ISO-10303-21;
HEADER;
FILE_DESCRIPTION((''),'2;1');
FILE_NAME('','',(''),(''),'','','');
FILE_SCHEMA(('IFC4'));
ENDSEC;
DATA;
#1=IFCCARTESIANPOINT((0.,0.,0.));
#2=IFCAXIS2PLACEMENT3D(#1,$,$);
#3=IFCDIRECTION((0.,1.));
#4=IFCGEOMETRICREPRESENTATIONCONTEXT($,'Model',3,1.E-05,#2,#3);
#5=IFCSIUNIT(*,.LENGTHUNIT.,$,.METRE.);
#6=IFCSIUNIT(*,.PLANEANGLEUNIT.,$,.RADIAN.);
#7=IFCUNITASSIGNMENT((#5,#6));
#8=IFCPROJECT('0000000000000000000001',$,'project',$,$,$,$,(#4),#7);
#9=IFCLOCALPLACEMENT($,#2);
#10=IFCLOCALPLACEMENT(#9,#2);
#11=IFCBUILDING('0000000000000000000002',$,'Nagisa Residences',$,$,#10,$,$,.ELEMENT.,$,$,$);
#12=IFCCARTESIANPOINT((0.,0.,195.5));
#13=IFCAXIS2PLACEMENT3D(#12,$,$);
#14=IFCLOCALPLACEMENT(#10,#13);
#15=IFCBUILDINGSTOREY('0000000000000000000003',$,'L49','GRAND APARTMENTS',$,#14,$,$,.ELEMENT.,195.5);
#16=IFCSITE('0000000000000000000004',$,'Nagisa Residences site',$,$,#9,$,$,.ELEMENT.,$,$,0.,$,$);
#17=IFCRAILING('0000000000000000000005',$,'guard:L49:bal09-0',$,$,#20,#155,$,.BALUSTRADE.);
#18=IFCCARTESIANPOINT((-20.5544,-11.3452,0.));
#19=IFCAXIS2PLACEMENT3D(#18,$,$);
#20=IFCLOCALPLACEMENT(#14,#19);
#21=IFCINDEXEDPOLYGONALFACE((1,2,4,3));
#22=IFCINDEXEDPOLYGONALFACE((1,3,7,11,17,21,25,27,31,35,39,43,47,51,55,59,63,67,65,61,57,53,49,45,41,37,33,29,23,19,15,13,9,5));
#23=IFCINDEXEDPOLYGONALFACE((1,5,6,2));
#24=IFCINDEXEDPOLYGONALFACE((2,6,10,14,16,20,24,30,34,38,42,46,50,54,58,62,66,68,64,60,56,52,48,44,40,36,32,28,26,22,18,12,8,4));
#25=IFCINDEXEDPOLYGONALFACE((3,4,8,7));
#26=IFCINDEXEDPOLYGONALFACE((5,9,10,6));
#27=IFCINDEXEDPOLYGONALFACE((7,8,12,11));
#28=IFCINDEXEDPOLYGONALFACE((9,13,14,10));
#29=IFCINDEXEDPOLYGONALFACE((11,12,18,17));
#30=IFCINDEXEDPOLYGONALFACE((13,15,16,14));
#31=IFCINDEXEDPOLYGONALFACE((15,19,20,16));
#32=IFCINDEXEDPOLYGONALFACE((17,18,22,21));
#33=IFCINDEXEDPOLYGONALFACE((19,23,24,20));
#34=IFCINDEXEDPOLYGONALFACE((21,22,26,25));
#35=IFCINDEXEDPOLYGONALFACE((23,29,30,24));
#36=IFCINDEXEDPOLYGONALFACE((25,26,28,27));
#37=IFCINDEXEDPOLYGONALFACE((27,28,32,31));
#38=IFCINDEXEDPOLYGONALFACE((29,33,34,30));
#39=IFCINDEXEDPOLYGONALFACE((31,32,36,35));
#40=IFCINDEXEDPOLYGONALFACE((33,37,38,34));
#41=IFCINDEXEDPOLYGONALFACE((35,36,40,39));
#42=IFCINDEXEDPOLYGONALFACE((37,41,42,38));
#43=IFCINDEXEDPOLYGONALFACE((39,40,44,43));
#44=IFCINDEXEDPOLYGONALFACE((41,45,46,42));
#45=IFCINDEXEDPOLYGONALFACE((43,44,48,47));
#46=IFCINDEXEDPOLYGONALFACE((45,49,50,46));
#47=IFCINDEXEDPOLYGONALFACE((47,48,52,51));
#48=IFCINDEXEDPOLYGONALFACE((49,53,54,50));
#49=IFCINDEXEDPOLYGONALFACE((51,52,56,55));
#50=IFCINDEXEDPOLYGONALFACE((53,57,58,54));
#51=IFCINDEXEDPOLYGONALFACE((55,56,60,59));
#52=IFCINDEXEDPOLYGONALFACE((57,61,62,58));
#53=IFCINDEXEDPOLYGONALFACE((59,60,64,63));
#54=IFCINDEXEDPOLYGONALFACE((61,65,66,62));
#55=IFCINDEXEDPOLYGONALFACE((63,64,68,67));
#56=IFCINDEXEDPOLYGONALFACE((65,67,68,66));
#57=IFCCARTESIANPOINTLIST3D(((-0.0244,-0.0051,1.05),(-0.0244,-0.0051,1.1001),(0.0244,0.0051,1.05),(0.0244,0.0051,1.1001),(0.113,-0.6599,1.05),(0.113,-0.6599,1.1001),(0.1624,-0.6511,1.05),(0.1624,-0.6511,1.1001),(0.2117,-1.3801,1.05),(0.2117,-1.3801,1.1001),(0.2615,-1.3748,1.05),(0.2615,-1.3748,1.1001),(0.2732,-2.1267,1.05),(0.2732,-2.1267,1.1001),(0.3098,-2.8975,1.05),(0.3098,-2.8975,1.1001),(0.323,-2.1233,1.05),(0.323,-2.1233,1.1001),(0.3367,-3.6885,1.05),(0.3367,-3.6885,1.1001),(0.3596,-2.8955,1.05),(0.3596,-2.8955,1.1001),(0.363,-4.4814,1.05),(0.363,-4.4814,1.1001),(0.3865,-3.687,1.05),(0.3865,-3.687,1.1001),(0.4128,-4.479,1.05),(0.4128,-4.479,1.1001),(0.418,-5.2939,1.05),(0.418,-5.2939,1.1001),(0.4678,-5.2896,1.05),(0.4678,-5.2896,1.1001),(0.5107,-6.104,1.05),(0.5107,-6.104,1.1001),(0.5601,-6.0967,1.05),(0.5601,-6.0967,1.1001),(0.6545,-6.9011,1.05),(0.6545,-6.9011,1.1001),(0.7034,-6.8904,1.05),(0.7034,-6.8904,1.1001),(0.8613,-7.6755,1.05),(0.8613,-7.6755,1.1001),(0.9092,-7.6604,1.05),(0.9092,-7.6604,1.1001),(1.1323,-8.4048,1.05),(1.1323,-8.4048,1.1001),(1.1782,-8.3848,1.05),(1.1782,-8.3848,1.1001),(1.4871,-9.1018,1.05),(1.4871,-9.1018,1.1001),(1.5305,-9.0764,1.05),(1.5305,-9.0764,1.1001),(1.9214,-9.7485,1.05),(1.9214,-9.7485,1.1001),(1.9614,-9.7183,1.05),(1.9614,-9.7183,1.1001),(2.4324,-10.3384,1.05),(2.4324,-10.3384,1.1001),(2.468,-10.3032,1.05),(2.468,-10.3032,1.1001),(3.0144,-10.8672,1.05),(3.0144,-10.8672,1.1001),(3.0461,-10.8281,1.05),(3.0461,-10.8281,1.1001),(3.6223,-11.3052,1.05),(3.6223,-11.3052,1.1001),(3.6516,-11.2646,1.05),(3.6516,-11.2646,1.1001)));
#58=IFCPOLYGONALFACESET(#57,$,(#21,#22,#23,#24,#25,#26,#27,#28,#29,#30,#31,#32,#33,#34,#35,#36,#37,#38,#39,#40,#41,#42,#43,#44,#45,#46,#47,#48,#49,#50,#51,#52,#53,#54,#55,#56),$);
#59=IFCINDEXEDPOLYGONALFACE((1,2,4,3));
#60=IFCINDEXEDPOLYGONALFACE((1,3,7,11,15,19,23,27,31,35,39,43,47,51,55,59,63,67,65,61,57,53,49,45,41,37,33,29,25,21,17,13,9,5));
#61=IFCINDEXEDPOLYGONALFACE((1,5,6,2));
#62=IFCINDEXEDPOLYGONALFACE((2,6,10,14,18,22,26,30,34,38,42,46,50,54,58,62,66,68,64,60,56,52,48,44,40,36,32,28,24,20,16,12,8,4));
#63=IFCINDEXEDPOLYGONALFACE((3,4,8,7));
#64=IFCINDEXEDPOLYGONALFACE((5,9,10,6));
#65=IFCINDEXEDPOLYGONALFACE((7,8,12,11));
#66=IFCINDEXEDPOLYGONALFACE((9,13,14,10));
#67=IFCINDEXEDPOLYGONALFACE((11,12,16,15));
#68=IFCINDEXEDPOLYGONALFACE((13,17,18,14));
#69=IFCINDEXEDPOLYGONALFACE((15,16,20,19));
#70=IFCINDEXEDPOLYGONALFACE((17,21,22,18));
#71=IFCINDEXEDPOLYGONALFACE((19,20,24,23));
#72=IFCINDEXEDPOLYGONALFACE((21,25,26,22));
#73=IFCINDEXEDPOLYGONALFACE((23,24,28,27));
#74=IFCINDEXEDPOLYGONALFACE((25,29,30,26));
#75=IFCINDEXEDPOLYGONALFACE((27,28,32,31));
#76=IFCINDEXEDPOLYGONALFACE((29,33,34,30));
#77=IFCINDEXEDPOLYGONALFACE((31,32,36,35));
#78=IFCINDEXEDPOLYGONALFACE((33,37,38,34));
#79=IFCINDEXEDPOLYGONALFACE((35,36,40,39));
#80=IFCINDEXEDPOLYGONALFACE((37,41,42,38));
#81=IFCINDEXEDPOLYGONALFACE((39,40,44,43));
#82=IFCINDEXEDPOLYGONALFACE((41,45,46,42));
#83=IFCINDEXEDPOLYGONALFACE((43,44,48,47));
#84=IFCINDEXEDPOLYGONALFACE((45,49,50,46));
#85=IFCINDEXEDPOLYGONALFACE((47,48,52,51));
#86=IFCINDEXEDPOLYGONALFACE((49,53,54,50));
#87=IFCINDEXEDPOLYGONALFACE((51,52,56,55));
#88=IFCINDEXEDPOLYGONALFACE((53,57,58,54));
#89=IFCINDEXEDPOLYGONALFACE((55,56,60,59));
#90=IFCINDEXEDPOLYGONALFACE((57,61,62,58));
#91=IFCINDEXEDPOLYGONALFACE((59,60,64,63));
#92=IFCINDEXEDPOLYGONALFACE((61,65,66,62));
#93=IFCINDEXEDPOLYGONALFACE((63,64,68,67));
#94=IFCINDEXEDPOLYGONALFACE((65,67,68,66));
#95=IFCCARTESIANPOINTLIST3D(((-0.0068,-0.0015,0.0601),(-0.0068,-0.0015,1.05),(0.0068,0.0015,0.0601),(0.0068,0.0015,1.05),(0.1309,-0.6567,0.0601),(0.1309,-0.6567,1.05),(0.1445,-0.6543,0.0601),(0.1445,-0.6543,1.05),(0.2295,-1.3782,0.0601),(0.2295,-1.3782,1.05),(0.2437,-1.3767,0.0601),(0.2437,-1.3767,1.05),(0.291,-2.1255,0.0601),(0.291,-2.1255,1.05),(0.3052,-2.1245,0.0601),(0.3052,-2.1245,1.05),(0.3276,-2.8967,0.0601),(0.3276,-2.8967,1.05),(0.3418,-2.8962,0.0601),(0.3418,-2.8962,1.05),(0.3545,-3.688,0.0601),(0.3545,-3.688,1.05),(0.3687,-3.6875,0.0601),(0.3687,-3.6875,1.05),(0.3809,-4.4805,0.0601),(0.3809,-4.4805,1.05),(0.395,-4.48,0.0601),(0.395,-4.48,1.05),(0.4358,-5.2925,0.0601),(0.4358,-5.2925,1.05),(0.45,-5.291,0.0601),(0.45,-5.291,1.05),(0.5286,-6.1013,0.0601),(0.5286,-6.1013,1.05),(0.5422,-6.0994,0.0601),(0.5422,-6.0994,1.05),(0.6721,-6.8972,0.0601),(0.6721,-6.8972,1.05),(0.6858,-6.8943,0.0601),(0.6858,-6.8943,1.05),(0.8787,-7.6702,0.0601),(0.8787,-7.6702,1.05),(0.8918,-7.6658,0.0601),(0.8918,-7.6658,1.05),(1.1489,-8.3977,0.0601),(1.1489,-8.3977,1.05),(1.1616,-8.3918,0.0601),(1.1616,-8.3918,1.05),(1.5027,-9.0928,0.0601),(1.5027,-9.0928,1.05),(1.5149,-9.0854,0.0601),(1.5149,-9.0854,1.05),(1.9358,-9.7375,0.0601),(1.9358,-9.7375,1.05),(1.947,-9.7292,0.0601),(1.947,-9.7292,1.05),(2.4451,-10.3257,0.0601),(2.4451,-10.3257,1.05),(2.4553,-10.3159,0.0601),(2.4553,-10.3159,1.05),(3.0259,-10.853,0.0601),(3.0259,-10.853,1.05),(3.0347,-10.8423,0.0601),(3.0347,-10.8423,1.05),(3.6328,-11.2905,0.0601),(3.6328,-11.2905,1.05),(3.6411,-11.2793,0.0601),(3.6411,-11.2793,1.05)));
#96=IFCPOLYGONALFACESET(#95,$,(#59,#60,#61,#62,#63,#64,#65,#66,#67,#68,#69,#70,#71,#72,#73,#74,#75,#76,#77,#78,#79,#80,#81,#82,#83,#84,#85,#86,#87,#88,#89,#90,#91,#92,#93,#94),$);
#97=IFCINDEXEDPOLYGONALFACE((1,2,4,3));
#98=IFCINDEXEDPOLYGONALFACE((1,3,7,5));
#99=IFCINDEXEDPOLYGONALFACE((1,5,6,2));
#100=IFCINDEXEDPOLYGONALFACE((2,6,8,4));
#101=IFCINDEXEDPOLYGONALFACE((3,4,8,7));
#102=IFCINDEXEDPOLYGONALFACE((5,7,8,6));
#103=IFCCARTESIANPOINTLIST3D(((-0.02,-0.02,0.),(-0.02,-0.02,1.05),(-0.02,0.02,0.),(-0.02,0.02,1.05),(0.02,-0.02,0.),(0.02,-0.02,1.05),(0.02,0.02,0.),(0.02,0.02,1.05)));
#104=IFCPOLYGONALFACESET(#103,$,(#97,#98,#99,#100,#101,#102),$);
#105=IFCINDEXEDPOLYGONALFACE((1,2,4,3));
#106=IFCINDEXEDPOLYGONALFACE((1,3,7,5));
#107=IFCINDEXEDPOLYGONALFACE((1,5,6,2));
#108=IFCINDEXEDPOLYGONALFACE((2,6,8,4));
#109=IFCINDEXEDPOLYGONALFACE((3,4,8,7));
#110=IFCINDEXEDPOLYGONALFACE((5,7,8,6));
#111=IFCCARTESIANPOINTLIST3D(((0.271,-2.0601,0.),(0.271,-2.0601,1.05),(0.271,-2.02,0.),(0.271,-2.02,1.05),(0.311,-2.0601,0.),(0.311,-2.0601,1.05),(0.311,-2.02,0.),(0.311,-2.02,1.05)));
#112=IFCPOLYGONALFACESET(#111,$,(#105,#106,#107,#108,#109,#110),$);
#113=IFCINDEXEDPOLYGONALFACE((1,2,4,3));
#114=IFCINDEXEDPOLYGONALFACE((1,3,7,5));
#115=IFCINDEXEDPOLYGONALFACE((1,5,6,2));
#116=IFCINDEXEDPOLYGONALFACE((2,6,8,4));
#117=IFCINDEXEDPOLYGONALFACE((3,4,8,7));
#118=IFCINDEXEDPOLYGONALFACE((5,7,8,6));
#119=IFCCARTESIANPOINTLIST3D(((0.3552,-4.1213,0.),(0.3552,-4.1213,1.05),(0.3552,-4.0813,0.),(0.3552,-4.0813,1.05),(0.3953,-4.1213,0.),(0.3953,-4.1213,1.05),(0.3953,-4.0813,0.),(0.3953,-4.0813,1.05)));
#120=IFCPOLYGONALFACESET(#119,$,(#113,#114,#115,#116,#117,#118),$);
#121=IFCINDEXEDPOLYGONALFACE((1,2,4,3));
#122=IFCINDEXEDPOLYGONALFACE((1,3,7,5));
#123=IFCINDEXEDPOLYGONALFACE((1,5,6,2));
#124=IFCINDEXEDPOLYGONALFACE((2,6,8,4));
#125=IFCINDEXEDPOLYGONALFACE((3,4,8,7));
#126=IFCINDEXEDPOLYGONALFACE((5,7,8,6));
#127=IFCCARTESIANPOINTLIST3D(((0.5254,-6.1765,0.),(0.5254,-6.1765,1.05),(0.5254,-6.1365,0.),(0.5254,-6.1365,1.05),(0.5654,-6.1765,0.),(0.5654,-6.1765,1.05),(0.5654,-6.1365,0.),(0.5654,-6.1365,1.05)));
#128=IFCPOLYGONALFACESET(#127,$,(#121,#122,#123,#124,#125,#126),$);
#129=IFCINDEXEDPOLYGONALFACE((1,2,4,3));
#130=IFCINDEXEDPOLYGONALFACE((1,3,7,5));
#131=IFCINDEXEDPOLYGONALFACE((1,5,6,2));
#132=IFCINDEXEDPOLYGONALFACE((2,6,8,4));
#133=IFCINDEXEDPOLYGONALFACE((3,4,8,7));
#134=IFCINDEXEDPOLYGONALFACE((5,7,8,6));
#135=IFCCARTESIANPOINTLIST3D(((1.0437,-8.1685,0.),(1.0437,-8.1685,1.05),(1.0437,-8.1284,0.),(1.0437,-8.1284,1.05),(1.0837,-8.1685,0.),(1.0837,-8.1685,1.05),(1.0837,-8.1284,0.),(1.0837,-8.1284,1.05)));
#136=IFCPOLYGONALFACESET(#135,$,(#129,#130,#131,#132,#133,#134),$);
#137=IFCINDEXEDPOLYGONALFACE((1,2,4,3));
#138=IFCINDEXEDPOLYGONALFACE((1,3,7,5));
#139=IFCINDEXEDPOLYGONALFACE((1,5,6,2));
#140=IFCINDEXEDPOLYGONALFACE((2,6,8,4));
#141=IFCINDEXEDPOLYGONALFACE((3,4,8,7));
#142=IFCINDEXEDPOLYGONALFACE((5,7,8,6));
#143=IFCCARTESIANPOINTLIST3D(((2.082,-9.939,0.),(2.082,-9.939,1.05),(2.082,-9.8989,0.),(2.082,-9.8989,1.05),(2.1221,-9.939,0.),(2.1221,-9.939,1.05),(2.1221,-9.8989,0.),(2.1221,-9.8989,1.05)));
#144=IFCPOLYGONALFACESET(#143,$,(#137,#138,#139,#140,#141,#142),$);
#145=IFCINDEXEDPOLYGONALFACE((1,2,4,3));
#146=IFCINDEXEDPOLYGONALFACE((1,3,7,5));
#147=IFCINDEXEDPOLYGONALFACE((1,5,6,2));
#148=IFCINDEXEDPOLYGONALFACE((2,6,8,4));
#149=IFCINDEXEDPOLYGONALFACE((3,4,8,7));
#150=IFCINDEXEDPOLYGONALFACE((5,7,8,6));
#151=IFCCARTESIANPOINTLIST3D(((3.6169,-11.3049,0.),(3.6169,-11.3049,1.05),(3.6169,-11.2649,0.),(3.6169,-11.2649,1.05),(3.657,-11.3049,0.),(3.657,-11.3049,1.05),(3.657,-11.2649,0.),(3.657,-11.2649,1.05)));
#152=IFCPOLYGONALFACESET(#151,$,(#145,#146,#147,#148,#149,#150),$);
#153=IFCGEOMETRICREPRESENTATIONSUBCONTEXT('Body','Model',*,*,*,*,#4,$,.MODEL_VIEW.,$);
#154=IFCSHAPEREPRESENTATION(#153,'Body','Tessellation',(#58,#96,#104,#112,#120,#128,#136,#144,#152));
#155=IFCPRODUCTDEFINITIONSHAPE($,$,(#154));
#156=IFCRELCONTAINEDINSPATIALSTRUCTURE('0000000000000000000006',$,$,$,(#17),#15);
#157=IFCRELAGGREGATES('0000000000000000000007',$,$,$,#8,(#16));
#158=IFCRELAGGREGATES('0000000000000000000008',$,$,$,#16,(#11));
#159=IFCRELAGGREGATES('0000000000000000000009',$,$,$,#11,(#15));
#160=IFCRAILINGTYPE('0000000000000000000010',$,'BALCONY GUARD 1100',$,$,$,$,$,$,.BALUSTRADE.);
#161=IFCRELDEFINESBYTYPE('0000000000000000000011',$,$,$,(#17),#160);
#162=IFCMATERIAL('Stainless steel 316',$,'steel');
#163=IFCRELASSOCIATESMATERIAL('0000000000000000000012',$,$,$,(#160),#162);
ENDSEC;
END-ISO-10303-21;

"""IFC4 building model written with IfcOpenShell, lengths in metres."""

from ifc_helpers import new_model, si_unit, direction, frame, origin, origin_2d, place, context, subcontext, project, spatial, polyline, rectangle, outline, extrude, material, type_object, element, save


model = new_model("IFC4")

# Units and contexts
model_context = context("Model", 3, precision=1e-05, world=origin(), true_north=direction((0.0, 1.0)))
body_context = subcontext(model_context, "Body", "Model", "MODEL_VIEW")
ifc_project = project(units=[si_unit("LENGTHUNIT", "METRE"), si_unit("PLANEANGLEUNIT", "RADIAN")], contexts=[model_context])

# Site, building, storey
site_placement = place(None, origin())
site = spatial("IfcSite", under=ifc_project, at=site_placement, Name="Nagisa Residences site", CompositionType="ELEMENT", RefElevation=0.0)
building_placement = place(site_placement, origin())
building = spatial("IfcBuilding", under=site, at=building_placement, Name="Nagisa Residences", CompositionType="ELEMENT")
storey_placement = place(building_placement, frame((0.0, 0.0, 195.5)))
storey = spatial("IfcBuildingStorey", under=building, at=storey_placement, Name="L49", Description="GRAND APARTMENTS", CompositionType="ELEMENT", Elevation=195.5)

# Railing
ifc_material_1 = material(Name="Stainless steel 316", Category="steel")
railing_type = type_object("IfcRailingType", Name="BALCONY GUARD 1100", PredefinedType="BALUSTRADE", material=ifc_material_1)
railing_1_placement = place(storey_placement, frame((-20.5544, -11.3452, 0.0)))
element("IfcRailing", 1, at=railing_1_placement, inside=storey, type_object=railing_type, Name="guard:L49:bal09-0", PredefinedType="BALUSTRADE", context=body_context, shape_type="SweptSolid", body=[
    extrude(outline(polyline([(0.1624, -0.6511), (0.0244, 0.0051), (-0.0244, -0.0051), (0.113, -0.6599), (0.2117, -1.3801), (0.2732, -2.1267), (0.3098, -2.8975), (0.3367, -3.6885), (0.363, -4.4814), (0.418, -5.2939), (0.5107, -6.104), (0.6545, -6.9011), (0.8613, -7.6755), (1.1323, -8.4048), (1.4871, -9.1018), (1.9214, -9.7485), (2.4324, -10.3384), (3.0144, -10.8672), (3.6223, -11.3052), (3.6516, -11.2646), (3.0461, -10.8281), (2.468, -10.3032), (1.9614, -9.7183), (1.5305, -9.0764), (1.1782, -8.3848), (0.9092, -7.6604), (0.7034, -6.8904), (0.5601, -6.0967), (0.4678, -5.2896), (0.4128, -4.479), (0.3865, -3.687), (0.3596, -2.8955), (0.323, -2.1233), (0.2615, -1.3748), (0.1624, -0.6511)])), frame((0.0, 0.0, 1.05)), (0.0, 0.0, 1.0), 0.05),
    extrude(outline(polyline([(0.1445, -0.6543), (0.0068, 0.0015), (-0.0068, -0.0015), (0.1309, -0.6567), (0.2295, -1.3782), (0.291, -2.1255), (0.3276, -2.8967), (0.3545, -3.688), (0.3809, -4.4805), (0.4358, -5.2925), (0.5286, -6.1013), (0.6721, -6.8972), (0.8787, -7.6702), (1.1489, -8.3977), (1.5027, -9.0928), (1.9358, -9.7375), (2.4451, -10.3257), (3.0259, -10.853), (3.6328, -11.2905), (3.6411, -11.2793), (3.0347, -10.8423), (2.4553, -10.3159), (1.947, -9.7292), (1.5149, -9.0854), (1.1616, -8.3918), (0.8918, -7.6658), (0.6858, -6.8943), (0.5422, -6.0994), (0.45, -5.291), (0.395, -4.48), (0.3687, -3.6875), (0.3418, -2.8962), (0.3052, -2.1245), (0.2437, -1.3767), (0.1445, -0.6543)])), frame((0.0, 0.0, 0.0601)), (0.0, 0.0, 1.0), 0.99),
    extrude(rectangle(XDim=0.04, YDim=0.04, at=origin_2d()), origin(), (0.0, 0.0, 1.0), 1.05),
    extrude(rectangle(XDim=0.04, YDim=0.04, at=origin_2d()), frame((0.291, -2.04, 0.0)), (0.0, 0.0, 1.0), 1.05),
    extrude(rectangle(XDim=0.04, YDim=0.04, at=origin_2d()), frame((0.3752, -4.1013, 0.0)), (0.0, 0.0, 1.0), 1.05),
    extrude(rectangle(XDim=0.04, YDim=0.04, at=origin_2d()), frame((0.5454, -6.1565, 0.0)), (0.0, 0.0, 1.0), 1.05),
    extrude(rectangle(XDim=0.04, YDim=0.04, at=origin_2d()), frame((1.0637, -8.1484, 0.0)), (0.0, 0.0, 1.0), 1.05),
    extrude(rectangle(XDim=0.04, YDim=0.04, at=origin_2d()), frame((2.1021, -9.9189, 0.0)), (0.0, 0.0, 1.0), 1.05),
    extrude(rectangle(XDim=0.04, YDim=0.04, at=origin_2d()), frame((3.637, -11.2849, 0.0)), (0.0, 0.0, 1.0), 1.05),
])

save(model, "model.ifc")
